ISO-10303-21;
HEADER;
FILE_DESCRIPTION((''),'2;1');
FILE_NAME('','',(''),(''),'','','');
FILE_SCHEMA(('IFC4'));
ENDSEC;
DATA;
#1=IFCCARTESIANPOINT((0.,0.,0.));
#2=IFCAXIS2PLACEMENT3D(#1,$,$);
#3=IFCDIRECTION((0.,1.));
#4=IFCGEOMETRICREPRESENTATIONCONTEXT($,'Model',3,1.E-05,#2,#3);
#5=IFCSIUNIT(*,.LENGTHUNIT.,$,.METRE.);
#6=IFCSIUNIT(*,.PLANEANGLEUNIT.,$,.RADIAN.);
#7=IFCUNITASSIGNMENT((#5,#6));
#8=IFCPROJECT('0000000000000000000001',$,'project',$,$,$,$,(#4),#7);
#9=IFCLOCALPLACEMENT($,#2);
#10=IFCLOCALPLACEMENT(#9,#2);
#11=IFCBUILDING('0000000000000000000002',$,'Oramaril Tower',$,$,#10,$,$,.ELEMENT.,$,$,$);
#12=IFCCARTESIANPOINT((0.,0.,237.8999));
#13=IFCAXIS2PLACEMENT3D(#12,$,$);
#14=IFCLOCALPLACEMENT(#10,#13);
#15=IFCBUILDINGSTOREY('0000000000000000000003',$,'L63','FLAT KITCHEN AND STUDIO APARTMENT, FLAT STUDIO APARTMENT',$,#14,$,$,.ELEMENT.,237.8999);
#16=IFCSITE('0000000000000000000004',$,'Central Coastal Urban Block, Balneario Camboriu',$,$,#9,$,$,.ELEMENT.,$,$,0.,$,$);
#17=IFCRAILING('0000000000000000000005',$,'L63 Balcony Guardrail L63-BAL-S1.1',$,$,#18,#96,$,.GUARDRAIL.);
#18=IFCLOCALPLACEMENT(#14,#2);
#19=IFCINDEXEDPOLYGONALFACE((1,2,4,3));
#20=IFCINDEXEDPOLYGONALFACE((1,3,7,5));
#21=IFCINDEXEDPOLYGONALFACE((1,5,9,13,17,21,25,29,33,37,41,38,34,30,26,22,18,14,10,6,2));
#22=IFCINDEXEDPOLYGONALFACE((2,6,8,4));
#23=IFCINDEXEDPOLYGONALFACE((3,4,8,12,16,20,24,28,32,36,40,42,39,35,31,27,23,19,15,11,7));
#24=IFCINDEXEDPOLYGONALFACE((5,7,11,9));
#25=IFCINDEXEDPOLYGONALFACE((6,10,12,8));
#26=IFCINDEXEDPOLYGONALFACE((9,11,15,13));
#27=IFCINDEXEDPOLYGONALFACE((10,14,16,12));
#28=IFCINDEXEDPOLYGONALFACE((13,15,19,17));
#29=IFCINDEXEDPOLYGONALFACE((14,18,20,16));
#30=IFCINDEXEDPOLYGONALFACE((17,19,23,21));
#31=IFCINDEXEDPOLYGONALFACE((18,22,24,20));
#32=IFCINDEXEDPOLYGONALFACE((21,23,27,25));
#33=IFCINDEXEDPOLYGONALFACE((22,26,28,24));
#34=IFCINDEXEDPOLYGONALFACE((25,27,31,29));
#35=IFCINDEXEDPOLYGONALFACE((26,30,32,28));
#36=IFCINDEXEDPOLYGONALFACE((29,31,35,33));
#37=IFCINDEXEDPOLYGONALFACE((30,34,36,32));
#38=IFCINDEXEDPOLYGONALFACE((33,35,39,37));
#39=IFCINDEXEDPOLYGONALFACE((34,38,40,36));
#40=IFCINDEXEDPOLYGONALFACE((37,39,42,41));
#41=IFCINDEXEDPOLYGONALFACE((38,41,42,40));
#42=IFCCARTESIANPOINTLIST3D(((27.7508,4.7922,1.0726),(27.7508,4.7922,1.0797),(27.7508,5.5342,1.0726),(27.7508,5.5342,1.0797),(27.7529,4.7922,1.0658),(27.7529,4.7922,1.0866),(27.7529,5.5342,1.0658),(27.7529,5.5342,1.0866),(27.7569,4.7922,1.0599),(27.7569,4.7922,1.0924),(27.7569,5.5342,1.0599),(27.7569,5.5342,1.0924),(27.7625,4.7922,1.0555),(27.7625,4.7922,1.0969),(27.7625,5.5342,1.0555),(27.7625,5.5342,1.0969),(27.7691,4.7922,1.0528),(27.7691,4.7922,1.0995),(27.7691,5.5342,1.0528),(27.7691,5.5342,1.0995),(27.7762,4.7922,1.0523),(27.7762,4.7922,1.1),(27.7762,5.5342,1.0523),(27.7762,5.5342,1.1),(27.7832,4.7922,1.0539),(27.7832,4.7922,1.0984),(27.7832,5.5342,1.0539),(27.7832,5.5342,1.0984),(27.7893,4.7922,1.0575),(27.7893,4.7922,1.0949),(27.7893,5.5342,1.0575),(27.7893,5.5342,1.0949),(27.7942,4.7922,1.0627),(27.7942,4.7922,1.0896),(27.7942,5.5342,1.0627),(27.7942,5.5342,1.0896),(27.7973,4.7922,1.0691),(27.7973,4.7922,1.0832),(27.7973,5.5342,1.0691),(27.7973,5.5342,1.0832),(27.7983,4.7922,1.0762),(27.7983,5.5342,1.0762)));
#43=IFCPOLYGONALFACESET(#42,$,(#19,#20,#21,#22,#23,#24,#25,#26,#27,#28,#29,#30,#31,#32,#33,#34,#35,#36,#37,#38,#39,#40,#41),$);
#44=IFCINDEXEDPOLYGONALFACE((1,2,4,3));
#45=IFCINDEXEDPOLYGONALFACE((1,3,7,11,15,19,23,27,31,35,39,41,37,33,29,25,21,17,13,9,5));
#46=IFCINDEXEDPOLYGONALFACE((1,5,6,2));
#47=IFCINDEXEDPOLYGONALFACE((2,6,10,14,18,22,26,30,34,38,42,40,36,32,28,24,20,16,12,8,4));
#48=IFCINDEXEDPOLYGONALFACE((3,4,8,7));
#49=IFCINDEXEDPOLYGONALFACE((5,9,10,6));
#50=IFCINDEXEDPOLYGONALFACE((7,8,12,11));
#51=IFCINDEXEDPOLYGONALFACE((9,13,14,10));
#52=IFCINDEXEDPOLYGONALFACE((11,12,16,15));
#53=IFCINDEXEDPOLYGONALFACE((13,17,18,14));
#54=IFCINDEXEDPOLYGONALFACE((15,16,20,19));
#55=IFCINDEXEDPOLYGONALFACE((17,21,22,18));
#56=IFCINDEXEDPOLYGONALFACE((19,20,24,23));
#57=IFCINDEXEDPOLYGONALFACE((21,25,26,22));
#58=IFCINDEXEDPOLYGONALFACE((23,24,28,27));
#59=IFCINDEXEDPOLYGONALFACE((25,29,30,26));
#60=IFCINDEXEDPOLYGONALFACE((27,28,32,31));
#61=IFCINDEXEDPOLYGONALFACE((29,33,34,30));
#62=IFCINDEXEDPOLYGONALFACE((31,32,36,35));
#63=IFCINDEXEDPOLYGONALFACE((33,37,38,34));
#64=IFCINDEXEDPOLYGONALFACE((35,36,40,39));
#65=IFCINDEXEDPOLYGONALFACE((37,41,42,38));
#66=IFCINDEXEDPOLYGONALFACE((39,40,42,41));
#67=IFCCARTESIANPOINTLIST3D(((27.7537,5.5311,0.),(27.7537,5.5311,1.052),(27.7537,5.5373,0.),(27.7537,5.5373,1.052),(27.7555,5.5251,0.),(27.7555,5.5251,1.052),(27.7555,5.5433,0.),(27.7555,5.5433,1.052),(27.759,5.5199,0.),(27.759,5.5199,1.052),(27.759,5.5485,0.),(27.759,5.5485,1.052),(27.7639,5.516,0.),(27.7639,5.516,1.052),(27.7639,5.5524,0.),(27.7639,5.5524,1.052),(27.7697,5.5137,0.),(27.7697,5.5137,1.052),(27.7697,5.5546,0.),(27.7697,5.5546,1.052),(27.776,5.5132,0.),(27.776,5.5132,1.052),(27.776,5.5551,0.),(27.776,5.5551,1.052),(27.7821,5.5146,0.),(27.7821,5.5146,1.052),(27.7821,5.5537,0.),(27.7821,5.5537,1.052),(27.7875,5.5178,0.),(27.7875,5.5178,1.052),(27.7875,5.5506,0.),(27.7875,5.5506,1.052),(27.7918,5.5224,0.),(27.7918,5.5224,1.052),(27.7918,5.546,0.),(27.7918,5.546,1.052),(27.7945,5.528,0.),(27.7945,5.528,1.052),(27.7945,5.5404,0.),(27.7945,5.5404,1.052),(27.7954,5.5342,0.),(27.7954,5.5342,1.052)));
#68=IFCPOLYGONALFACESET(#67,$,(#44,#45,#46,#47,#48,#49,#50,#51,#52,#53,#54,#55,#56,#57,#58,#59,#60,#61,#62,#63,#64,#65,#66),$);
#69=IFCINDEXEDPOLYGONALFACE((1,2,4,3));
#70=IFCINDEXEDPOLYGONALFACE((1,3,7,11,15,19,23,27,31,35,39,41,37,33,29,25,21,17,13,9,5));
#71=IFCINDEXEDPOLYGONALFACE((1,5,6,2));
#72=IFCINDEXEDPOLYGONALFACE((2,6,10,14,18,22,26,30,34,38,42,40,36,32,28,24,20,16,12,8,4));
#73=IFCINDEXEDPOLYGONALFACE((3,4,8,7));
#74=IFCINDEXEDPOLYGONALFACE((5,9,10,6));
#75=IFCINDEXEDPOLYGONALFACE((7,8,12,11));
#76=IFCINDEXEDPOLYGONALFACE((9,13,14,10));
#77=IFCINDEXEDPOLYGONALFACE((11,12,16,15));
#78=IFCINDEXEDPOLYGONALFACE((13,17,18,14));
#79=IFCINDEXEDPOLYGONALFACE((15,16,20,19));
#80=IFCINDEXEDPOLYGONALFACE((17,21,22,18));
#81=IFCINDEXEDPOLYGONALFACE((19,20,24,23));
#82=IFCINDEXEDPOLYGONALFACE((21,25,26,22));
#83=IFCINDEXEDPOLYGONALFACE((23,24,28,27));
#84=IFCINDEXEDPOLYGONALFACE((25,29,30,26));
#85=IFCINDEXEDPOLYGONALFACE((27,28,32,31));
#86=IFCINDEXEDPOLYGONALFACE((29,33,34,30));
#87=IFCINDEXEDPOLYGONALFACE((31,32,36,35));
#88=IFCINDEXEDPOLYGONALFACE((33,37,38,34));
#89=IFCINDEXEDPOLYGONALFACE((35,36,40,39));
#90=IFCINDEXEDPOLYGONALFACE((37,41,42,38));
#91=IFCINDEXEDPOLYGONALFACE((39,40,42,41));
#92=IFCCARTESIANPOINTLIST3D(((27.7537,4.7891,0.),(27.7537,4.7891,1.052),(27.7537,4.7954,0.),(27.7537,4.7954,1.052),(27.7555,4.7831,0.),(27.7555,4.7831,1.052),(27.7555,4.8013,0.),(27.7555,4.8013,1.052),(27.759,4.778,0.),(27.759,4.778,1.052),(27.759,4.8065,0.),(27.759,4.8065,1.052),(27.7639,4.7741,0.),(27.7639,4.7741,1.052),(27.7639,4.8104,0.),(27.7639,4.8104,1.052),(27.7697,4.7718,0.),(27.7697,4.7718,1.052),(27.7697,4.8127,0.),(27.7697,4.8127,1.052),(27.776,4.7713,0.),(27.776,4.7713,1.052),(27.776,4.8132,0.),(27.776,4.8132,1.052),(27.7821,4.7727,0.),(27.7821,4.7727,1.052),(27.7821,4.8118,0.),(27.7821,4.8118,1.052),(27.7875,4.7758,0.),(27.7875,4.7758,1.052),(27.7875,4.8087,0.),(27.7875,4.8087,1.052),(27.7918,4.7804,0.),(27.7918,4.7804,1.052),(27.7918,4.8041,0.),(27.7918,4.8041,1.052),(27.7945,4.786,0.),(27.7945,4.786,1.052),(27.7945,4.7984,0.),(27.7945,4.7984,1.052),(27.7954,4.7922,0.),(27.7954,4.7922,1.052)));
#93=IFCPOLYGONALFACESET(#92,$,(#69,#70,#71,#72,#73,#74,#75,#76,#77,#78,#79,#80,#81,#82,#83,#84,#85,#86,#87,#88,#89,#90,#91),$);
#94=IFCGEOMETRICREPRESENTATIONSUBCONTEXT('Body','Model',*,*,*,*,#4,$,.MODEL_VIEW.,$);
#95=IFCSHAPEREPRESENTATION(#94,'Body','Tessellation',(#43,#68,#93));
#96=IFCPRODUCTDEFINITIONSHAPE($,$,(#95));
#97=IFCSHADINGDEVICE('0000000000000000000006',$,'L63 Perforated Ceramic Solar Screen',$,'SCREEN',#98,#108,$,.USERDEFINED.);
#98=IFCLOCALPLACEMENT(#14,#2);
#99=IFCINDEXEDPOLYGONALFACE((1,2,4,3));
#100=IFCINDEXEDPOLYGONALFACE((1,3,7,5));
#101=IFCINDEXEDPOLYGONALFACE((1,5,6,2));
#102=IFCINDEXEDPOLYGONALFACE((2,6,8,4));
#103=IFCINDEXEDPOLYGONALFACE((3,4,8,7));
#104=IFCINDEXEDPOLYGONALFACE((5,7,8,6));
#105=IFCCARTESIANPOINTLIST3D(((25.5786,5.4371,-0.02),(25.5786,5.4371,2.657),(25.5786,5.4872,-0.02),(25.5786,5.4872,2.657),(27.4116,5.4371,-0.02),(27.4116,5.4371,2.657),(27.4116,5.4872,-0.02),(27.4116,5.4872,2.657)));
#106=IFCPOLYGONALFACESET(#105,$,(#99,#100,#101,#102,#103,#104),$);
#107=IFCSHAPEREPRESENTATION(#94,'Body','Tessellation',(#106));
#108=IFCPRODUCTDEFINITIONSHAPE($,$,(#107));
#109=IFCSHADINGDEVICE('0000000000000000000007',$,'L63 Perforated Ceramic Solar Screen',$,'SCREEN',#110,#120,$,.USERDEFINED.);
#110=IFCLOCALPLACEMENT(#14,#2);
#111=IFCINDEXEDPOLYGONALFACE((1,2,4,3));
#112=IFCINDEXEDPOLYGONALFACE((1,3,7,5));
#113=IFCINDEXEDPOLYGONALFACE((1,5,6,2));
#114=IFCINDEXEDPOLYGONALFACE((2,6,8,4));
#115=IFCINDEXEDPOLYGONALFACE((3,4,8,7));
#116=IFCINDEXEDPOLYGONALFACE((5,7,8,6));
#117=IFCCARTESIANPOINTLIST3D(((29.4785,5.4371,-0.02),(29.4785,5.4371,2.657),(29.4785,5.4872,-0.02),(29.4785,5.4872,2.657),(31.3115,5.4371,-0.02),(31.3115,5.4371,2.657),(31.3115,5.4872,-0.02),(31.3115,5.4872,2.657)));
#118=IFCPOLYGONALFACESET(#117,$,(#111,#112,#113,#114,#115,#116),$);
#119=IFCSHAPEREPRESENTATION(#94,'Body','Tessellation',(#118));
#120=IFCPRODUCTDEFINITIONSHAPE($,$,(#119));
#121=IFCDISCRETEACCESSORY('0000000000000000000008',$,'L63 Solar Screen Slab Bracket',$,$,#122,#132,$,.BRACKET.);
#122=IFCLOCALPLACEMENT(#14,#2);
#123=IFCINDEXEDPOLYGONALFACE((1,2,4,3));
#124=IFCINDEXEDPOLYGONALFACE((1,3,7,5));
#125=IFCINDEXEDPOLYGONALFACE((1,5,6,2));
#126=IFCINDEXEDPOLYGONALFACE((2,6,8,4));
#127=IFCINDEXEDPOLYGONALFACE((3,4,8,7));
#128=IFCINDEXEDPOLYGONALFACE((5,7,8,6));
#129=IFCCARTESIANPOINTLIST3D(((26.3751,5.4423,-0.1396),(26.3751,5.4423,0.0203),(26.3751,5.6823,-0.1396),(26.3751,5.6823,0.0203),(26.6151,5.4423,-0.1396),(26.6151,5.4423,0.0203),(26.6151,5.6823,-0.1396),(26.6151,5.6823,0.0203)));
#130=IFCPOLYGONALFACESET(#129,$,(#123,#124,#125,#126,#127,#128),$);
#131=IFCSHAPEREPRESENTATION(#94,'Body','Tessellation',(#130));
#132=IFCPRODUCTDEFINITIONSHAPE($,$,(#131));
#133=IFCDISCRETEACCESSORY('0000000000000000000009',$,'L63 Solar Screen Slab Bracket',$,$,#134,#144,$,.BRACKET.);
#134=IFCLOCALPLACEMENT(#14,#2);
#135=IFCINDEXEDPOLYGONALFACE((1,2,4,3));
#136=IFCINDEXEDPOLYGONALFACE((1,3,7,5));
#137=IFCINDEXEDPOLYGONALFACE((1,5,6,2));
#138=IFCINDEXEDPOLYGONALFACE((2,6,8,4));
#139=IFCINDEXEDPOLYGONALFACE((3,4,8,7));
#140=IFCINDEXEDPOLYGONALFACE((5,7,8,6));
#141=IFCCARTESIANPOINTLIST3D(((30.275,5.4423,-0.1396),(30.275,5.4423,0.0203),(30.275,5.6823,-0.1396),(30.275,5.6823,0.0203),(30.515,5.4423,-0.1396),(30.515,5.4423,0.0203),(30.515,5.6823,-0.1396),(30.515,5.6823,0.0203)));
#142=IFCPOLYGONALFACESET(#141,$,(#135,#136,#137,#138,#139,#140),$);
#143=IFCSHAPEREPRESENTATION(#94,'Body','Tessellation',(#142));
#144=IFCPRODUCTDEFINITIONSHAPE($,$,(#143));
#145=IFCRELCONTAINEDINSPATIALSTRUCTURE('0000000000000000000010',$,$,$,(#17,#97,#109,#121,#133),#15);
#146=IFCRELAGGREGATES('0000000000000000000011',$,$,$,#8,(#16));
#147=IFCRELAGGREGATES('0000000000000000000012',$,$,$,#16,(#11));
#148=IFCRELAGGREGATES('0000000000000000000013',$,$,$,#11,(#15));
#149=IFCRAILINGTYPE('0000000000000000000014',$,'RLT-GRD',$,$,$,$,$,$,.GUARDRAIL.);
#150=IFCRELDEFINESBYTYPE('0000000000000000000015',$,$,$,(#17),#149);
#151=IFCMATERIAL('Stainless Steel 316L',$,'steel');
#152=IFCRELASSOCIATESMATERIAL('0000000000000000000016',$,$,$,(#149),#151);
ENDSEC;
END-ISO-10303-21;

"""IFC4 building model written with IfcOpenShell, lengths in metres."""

from ifc_helpers import new_model, si_unit, direction, frame, origin, origin_2d, place, context, subcontext, project, spatial, rectangle, circle, extrude, material, type_object, element, save


model = new_model("IFC4")

# Units and contexts
model_context = context("Model", 3, precision=1e-05, world=origin(), true_north=direction((0.0, 1.0)))
body_context = subcontext(model_context, "Body", "Model", "MODEL_VIEW")
ifc_project = project(units=[si_unit("LENGTHUNIT", "METRE"), si_unit("PLANEANGLEUNIT", "RADIAN")], contexts=[model_context])

# Site, building, storey
site_placement = place(None, origin())
site = spatial("IfcSite", under=ifc_project, at=site_placement, Name="Central Coastal Urban Block, Balneario Camboriu", CompositionType="ELEMENT", RefElevation=0.0)
building_placement = place(site_placement, origin())
building = spatial("IfcBuilding", under=site, at=building_placement, Name="Oramaril Tower", CompositionType="ELEMENT")
storey_placement = place(building_placement, frame((0.0, 0.0, 237.8999)))
storey = spatial("IfcBuildingStorey", under=building, at=storey_placement, Name="L63", Description="FLAT KITCHEN AND STUDIO APARTMENT, FLAT STUDIO APARTMENT", CompositionType="ELEMENT", Elevation=237.8999)

# Railing
ifc_material_1 = material(Name="Stainless Steel 316L", Category="steel")
railing_type = type_object("IfcRailingType", Name="RLT-GRD", PredefinedType="GUARDRAIL", material=ifc_material_1)
railing_1_placement = place(storey_placement, frame((27.7744, 5.5342, 0.0)))
element("IfcRailing", 1, at=railing_1_placement, inside=storey, type_object=railing_type, Name="L63 Balcony Guardrail L63-BAL-S1.1", PredefinedType="GUARDRAIL", context=body_context, shape_type="SweptSolid", body=[
    extrude(circle(Radius=0.0239, at=origin_2d()), frame((0.0, 0.0, 1.0762), z_axis=(0.0, -1.0, 0.0), x_axis=(1.0, 0.0, 0.0)), (0.0, 0.0, 1.0), 0.7419),
    extrude(circle(Radius=0.021, at=origin_2d()), origin(), (0.0, 0.0, 1.0), 1.052),
    extrude(circle(Radius=0.021, at=origin_2d()), frame((0.0, -0.7419, 0.0)), (0.0, 0.0, 1.0), 1.052),
])

# Shading devices
for number, where, z_axis, x_axis, name in (
    (2, (26.4951, 5.4622, -0.02), (0.0, 0.0, 1.0), (1.0, 0.0, 0.0), "L63 Perforated Ceramic Solar Screen"),
    (3, (30.395, 5.4622, -0.02), (0.0, 0.0, 1.0), (1.0, 0.0, 0.0), "L63 Perforated Ceramic Solar Screen"),
):
    element("IfcShadingDevice", number, at=place(storey_placement, frame(where, z_axis=z_axis, x_axis=x_axis)), inside=storey, Name=name, ObjectType="SCREEN", PredefinedType="USERDEFINED", context=body_context, shape_type="SweptSolid", body=[
        extrude(rectangle(XDim=1.833, YDim=0.05, at=origin_2d()), origin(), (0.0, 0.0, 1.0), 2.677),
    ])

# Discrete accessories
for number, where, z_axis, x_axis, name in (
    (4, (26.4951, 5.5623, -0.1396), (0.0, 0.0, 1.0), (1.0, 0.0, 0.0), "L63 Solar Screen Slab Bracket"),
    (5, (30.395, 5.5623, -0.1396), (0.0, 0.0, 1.0), (1.0, 0.0, 0.0), "L63 Solar Screen Slab Bracket"),
):
    element("IfcDiscreteAccessory", number, at=place(storey_placement, frame(where, z_axis=z_axis, x_axis=x_axis)), inside=storey, Name=name, PredefinedType="BRACKET", context=body_context, shape_type="SweptSolid", body=[
        extrude(rectangle(XDim=0.24, YDim=0.24, at=origin_2d()), origin(), (0.0, 0.0, 1.0), 0.1599),
    ])

save(model, "model.ifc")
